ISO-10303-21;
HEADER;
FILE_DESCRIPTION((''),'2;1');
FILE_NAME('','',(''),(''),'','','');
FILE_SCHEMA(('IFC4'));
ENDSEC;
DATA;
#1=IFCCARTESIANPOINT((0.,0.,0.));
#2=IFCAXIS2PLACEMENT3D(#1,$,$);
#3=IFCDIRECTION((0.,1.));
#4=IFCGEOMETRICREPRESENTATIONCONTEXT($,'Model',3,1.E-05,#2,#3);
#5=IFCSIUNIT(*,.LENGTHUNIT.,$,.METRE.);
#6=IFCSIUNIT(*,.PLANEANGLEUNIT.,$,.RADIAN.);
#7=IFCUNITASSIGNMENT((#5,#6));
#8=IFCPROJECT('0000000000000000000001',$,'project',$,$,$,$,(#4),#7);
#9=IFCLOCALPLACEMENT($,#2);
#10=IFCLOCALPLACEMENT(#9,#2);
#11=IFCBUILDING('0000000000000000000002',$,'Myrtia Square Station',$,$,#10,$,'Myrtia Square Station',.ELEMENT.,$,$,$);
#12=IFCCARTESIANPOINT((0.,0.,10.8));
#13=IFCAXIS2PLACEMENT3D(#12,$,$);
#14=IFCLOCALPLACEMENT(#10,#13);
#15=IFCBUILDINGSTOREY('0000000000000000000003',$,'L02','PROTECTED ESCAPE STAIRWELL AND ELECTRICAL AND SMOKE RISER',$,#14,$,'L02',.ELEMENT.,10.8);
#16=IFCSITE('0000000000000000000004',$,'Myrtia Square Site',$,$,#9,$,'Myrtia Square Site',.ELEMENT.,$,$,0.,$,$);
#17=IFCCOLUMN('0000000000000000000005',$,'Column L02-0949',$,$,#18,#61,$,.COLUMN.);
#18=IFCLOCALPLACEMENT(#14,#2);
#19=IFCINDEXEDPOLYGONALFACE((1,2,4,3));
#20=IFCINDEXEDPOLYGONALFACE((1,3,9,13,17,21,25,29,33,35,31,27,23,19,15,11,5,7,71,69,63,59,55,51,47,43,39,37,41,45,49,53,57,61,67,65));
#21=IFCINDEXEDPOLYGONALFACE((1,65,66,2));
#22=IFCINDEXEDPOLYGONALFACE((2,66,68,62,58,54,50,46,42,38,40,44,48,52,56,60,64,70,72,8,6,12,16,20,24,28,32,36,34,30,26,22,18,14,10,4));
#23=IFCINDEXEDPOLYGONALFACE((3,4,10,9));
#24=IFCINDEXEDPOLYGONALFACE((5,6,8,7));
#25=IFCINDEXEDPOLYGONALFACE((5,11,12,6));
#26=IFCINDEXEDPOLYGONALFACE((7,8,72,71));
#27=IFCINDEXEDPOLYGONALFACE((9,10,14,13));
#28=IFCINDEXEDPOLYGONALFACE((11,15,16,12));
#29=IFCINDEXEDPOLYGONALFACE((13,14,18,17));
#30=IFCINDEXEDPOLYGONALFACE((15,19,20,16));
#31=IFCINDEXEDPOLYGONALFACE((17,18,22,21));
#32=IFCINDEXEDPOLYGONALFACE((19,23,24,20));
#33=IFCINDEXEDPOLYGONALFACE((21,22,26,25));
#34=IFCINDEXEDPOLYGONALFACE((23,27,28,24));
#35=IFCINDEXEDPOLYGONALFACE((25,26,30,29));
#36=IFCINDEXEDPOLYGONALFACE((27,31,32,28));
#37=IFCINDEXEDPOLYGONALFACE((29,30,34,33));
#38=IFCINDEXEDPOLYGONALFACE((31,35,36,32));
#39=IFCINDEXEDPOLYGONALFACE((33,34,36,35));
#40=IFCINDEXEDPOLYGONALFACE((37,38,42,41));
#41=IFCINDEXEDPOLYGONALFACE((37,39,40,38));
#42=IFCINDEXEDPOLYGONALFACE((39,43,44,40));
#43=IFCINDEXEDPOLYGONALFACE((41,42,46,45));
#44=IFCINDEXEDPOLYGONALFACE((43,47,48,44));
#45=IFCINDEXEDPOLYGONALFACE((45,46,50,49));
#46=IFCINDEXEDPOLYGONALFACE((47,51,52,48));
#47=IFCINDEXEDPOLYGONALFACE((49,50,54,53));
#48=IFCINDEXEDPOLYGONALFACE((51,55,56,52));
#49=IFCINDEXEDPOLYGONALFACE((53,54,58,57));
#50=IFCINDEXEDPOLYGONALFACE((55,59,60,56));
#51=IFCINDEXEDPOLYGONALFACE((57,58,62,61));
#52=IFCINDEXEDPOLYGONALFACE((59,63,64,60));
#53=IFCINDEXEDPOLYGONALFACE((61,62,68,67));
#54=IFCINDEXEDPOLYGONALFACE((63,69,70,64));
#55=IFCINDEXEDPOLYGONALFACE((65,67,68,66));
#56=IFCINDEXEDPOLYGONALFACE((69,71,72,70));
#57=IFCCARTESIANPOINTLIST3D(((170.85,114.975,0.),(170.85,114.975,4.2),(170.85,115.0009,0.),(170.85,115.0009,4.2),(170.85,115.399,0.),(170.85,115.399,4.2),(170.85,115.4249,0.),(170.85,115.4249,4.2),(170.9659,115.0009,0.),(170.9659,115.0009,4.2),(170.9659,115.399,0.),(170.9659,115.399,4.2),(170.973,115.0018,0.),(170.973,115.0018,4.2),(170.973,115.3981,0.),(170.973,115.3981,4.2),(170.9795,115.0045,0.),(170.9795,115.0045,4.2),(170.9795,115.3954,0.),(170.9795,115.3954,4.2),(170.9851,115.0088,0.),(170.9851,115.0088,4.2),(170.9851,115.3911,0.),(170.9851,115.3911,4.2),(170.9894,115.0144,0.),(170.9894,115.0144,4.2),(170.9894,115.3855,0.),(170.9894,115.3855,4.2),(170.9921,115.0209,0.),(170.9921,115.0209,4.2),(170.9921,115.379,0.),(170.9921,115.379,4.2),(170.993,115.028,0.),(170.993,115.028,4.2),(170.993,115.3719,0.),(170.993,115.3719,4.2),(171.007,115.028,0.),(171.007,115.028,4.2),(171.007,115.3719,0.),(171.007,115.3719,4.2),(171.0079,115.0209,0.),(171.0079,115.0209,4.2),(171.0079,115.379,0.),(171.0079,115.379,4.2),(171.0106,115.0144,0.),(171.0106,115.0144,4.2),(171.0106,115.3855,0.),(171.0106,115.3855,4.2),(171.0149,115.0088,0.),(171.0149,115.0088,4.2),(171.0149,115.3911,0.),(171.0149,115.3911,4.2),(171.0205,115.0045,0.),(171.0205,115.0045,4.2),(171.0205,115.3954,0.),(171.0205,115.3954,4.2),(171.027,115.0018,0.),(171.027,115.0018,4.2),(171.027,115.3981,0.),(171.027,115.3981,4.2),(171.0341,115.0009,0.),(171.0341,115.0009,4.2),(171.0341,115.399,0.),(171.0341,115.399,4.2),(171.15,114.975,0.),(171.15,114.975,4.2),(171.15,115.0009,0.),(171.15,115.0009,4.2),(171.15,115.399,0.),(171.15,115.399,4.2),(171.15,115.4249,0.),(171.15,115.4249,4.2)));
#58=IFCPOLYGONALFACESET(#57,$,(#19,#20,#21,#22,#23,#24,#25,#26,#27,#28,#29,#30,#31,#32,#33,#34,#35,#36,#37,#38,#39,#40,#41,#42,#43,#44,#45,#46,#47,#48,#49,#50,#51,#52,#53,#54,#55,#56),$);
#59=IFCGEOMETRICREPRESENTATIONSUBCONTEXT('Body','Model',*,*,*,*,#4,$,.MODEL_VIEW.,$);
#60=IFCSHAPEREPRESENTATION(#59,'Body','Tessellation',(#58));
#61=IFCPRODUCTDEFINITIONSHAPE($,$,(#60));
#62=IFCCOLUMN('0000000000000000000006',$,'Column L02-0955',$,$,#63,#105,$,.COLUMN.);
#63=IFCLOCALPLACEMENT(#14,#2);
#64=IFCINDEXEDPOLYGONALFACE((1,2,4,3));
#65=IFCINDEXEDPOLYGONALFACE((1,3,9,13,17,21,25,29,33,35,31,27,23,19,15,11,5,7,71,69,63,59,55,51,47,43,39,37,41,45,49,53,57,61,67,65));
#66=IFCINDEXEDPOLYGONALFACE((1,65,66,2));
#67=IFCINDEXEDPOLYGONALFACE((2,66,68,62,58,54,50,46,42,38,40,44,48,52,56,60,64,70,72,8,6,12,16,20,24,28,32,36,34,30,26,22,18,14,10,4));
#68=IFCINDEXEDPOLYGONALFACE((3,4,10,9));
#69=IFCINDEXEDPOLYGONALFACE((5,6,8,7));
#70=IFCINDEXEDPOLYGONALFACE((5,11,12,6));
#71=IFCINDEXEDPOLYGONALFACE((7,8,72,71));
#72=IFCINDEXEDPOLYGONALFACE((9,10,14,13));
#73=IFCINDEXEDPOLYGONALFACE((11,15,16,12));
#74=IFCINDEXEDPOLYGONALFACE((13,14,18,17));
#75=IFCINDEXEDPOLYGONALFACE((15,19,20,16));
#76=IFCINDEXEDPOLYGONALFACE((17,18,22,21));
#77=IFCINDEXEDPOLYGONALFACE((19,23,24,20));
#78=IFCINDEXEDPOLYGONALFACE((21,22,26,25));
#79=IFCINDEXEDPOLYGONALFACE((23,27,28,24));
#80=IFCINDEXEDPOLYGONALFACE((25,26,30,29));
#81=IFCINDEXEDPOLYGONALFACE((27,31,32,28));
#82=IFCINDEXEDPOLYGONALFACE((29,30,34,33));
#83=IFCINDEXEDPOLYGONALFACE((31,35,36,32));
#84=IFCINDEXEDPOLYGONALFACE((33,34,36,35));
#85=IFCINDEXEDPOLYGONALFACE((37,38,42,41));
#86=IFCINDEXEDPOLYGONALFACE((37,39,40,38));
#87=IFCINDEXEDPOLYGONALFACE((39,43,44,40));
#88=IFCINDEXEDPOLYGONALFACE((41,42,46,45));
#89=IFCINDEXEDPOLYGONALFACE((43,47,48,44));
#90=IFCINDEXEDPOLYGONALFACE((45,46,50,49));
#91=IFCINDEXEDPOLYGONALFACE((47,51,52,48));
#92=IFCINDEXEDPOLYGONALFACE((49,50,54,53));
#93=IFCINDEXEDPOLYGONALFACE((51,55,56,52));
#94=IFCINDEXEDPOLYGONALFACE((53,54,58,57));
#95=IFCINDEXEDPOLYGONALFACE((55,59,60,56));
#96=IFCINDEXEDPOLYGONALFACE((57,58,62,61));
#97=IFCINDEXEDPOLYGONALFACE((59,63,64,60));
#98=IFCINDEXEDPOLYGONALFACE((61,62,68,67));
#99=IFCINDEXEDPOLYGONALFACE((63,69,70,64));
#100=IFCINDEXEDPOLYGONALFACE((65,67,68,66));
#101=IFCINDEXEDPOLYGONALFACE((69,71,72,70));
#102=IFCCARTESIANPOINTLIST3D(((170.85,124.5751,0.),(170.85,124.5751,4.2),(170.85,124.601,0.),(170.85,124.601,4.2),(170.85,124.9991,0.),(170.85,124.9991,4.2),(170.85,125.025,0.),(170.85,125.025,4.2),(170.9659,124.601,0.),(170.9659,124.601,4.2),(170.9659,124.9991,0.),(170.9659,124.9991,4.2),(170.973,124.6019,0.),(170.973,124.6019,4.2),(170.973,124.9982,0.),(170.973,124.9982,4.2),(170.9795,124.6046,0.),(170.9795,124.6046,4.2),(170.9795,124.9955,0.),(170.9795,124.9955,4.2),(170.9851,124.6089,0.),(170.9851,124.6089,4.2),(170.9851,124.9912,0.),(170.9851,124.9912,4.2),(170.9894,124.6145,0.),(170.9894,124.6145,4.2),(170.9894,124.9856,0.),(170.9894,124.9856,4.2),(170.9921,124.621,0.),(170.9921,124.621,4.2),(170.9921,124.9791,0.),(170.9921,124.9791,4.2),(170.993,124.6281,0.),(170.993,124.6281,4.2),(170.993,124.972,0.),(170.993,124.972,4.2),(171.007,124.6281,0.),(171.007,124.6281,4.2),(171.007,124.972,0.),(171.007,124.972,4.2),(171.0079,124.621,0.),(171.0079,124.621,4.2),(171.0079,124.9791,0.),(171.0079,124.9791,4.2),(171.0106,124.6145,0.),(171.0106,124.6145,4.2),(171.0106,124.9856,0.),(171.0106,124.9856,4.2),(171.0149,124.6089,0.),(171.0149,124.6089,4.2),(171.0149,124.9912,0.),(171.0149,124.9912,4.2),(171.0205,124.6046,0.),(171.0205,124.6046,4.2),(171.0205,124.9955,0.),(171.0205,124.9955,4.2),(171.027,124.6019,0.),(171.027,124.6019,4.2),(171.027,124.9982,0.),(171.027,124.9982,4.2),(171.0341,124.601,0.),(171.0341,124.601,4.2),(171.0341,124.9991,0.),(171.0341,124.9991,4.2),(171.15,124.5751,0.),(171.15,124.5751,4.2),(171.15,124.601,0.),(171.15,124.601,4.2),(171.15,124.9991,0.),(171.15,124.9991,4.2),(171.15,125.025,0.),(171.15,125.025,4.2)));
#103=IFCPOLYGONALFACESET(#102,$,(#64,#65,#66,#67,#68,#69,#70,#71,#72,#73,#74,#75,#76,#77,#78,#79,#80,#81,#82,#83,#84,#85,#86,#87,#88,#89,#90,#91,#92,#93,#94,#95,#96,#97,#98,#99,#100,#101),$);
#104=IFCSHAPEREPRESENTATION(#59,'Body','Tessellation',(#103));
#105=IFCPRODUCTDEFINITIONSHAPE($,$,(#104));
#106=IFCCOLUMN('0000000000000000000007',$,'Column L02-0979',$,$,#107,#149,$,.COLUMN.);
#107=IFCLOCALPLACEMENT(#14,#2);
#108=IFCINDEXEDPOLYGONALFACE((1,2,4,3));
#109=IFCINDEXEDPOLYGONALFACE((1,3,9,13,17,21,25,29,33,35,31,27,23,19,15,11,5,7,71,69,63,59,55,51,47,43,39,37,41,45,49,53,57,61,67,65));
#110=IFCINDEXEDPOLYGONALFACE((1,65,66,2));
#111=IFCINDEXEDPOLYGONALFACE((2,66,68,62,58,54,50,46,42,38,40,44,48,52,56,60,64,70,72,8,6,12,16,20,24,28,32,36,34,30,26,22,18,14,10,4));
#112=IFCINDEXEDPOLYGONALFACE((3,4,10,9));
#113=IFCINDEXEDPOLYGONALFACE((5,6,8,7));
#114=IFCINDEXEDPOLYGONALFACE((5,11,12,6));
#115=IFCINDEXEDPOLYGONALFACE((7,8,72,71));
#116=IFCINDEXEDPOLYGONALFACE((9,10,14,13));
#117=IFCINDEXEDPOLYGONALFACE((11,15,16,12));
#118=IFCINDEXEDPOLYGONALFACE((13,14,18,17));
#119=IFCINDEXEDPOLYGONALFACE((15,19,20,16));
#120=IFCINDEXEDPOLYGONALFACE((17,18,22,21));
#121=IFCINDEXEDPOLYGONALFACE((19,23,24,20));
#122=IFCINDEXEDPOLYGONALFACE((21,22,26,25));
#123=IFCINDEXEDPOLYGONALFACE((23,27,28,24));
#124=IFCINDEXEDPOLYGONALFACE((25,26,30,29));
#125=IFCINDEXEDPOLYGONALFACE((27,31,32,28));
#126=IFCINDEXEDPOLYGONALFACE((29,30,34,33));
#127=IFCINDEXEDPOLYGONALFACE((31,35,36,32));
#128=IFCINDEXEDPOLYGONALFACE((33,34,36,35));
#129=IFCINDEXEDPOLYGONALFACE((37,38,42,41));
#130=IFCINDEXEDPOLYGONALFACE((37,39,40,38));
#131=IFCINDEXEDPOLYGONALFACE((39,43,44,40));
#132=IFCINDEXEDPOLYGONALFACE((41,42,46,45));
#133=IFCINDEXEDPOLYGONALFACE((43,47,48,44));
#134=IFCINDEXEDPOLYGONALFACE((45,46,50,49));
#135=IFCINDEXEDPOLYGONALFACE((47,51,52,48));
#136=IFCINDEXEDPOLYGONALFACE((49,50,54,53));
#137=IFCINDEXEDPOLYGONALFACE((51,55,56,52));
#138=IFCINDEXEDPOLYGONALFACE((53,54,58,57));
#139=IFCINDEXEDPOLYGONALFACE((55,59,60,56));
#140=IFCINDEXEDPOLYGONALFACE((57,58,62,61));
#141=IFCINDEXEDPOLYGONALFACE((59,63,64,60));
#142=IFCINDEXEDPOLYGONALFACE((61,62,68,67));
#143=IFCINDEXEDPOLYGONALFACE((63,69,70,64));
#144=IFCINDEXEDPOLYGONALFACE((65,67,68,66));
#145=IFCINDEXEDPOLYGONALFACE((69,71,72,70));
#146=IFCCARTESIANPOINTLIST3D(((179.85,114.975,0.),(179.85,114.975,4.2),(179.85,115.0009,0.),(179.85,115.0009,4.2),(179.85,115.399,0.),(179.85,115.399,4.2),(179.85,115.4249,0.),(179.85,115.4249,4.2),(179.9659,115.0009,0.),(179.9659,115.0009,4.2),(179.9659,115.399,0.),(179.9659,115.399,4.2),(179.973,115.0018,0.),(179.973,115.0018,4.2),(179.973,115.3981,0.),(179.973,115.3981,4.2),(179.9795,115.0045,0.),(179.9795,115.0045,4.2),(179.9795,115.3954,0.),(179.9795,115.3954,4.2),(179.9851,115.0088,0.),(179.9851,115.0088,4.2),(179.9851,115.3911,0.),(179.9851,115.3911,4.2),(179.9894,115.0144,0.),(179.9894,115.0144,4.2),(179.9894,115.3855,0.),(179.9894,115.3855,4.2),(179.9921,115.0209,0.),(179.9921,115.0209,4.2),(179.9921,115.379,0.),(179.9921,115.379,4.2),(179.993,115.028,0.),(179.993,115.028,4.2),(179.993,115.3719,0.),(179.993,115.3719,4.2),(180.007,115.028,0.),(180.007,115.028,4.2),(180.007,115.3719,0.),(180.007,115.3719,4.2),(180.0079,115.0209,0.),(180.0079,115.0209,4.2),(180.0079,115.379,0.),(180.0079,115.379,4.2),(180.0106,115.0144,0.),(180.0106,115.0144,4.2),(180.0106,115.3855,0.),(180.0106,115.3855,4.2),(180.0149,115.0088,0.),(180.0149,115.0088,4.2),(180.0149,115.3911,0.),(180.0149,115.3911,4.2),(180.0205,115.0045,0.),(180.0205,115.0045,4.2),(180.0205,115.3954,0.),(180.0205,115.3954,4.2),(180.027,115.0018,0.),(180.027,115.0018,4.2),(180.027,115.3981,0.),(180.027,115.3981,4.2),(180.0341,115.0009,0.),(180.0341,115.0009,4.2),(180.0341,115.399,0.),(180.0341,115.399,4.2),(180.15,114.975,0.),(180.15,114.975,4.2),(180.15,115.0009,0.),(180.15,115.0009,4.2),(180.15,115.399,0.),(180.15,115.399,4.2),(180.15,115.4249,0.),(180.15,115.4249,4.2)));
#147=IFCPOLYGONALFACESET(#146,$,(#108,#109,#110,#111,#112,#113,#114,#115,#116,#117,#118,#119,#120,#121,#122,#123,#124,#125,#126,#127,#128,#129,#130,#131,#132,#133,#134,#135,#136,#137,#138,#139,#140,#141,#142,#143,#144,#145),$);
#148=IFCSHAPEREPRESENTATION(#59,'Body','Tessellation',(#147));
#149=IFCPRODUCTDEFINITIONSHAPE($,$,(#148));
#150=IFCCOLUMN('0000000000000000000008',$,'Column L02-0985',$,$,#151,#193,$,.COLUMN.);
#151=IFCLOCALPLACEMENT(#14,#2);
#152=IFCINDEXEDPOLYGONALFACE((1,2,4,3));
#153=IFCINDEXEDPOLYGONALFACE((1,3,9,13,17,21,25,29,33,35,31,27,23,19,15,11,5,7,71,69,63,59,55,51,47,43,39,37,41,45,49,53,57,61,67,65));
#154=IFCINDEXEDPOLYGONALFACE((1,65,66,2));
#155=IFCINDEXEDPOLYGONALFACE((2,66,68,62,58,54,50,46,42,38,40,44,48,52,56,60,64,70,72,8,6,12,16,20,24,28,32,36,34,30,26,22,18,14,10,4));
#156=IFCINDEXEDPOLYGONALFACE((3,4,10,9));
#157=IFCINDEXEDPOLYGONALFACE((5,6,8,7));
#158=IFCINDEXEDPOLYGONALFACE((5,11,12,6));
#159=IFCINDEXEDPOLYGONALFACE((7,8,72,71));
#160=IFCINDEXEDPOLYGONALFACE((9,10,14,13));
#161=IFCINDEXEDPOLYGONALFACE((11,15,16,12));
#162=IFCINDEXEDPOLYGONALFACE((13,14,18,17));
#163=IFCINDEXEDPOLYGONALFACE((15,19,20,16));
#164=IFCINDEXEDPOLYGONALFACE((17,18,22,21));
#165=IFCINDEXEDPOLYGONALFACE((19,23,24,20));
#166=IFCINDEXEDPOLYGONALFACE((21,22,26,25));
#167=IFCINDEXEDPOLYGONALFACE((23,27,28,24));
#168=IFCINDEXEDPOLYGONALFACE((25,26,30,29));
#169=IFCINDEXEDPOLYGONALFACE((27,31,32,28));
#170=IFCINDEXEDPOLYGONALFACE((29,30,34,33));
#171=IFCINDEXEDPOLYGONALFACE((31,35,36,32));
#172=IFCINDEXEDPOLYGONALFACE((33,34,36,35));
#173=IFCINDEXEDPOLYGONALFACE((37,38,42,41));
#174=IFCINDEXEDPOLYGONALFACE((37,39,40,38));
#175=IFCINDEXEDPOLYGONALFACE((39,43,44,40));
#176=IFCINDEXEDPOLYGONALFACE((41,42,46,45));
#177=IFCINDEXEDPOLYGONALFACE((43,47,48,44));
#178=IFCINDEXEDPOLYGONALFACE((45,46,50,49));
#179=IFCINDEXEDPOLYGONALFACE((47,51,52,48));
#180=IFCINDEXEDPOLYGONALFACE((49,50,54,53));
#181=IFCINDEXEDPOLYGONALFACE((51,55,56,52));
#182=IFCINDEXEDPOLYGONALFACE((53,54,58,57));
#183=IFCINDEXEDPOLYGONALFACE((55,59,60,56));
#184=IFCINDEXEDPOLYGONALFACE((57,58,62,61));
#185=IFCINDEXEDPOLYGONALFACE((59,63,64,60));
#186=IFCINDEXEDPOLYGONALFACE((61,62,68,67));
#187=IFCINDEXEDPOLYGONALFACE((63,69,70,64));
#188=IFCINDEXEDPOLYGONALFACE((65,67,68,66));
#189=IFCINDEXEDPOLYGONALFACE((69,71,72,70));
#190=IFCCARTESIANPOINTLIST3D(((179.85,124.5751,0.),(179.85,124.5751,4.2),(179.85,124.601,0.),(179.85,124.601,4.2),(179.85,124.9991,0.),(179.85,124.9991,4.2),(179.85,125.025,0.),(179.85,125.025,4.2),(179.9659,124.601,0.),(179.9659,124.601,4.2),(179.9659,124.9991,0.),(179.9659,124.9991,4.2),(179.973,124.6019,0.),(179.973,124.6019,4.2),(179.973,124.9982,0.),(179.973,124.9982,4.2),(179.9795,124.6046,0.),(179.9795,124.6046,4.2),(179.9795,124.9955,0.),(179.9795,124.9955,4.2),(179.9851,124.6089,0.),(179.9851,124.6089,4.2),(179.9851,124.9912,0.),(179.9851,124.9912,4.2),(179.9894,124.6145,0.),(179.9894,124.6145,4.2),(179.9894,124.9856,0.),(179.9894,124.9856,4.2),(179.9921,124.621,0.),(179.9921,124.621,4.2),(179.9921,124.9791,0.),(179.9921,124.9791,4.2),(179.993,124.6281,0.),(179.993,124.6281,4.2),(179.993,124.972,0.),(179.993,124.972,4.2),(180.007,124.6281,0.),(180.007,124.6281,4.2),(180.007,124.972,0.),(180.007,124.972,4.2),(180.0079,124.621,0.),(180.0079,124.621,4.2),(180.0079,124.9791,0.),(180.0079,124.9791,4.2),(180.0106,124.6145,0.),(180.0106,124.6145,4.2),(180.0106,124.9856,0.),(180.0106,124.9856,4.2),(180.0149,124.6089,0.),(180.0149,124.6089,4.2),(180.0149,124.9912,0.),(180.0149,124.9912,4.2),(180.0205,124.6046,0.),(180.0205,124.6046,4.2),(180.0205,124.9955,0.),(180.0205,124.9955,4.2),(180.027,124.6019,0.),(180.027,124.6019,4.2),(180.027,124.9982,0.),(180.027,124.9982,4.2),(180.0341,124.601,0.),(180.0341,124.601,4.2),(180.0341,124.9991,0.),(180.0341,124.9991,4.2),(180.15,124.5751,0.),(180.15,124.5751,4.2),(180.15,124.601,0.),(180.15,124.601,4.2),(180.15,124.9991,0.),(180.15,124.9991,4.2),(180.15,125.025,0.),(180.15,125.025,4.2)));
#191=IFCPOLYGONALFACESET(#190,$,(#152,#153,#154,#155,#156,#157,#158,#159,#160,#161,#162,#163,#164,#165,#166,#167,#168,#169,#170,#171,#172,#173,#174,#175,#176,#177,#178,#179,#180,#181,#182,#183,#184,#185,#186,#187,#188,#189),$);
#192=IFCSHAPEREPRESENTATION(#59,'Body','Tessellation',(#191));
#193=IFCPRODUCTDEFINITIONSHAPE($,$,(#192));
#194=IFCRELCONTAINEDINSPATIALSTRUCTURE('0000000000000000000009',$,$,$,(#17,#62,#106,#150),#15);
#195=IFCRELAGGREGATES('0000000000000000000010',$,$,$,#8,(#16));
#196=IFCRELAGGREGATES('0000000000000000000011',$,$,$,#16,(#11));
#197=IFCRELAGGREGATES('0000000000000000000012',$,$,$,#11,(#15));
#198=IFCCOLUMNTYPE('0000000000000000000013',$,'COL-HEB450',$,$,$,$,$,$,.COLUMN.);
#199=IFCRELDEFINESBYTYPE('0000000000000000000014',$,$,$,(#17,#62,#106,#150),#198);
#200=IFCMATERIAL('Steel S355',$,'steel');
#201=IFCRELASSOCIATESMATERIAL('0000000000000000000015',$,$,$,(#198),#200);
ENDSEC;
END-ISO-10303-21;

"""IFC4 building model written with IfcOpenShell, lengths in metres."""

from ifc_helpers import new_model, si_unit, direction, frame, origin, origin_2d, place, context, subcontext, project, spatial, i_section, extrude, material, material_profile, profile_set, type_object, element, save


model = new_model("IFC4")

# Units and contexts
model_context = context("Model", 3, precision=1e-05, world=origin(), true_north=direction((0.0, 1.0)))
body_context = subcontext(model_context, "Body", "Model", "MODEL_VIEW")
ifc_project = project(units=[si_unit("LENGTHUNIT", "METRE"), si_unit("PLANEANGLEUNIT", "RADIAN")], contexts=[model_context])

# Site, building, storey
site_placement = place(None, origin())
site = spatial("IfcSite", under=ifc_project, at=site_placement, Name="Myrtia Square Site", LongName="Myrtia Square Site", CompositionType="ELEMENT", RefElevation=0.0)
building_placement = place(site_placement, origin())
building = spatial("IfcBuilding", under=site, at=building_placement, Name="Myrtia Square Station", LongName="Myrtia Square Station", CompositionType="ELEMENT")
storey_placement = place(building_placement, frame((0.0, 0.0, 10.8)))
storey = spatial("IfcBuildingStorey", under=building, at=storey_placement, Name="L02", Description="PROTECTED ESCAPE STAIRWELL AND ELECTRICAL AND SMOKE RISER", LongName="L02", CompositionType="ELEMENT", Elevation=10.8)

# Columns
ifc_material_1 = material(Name="Steel S355", Category="steel")
ifc_material_profile_1 = material_profile(ifc_material_1, i_section(OverallWidth=0.3, OverallDepth=0.45, WebThickness=0.0139, FlangeThickness=0.0259, FilletRadius=0.0271, at=origin_2d()), Name="HEB 450")
ifc_profile_set_1 = profile_set([ifc_material_profile_1], Name="Steel S355")
column_type = type_object("IfcColumnType", Name="COL-HEB450", PredefinedType="COLUMN", material=ifc_profile_set_1)
for number, where, z_axis, x_axis, name in (
    (1, (171.0, 115.2, 0.0), (0.0, 0.0, 1.0), (1.0, 0.0, 0.0), "Column L02-0949"),
    (2, (171.0, 124.8, 0.0), (0.0, 0.0, 1.0), (1.0, 0.0, 0.0), "Column L02-0955"),
    (3, (180.0, 115.2, 0.0), (0.0, 0.0, 1.0), (1.0, 0.0, 0.0), "Column L02-0979"),
    (4, (180.0, 124.8, 0.0), (0.0, 0.0, 1.0), (1.0, 0.0, 0.0), "Column L02-0985"),
):
    element("IfcColumn", number, at=place(storey_placement, frame(where, z_axis=z_axis, x_axis=x_axis)), inside=storey, type_object=column_type, Name=name, PredefinedType="COLUMN", context=body_context, shape_type="SweptSolid", body=[
        extrude(i_section(OverallWidth=0.3, OverallDepth=0.45, WebThickness=0.0139, FlangeThickness=0.0259, FilletRadius=0.0271, at=origin_2d()), origin(), (0.0, 0.0, 1.0), 4.2),
    ])

save(model, "model.ifc")
